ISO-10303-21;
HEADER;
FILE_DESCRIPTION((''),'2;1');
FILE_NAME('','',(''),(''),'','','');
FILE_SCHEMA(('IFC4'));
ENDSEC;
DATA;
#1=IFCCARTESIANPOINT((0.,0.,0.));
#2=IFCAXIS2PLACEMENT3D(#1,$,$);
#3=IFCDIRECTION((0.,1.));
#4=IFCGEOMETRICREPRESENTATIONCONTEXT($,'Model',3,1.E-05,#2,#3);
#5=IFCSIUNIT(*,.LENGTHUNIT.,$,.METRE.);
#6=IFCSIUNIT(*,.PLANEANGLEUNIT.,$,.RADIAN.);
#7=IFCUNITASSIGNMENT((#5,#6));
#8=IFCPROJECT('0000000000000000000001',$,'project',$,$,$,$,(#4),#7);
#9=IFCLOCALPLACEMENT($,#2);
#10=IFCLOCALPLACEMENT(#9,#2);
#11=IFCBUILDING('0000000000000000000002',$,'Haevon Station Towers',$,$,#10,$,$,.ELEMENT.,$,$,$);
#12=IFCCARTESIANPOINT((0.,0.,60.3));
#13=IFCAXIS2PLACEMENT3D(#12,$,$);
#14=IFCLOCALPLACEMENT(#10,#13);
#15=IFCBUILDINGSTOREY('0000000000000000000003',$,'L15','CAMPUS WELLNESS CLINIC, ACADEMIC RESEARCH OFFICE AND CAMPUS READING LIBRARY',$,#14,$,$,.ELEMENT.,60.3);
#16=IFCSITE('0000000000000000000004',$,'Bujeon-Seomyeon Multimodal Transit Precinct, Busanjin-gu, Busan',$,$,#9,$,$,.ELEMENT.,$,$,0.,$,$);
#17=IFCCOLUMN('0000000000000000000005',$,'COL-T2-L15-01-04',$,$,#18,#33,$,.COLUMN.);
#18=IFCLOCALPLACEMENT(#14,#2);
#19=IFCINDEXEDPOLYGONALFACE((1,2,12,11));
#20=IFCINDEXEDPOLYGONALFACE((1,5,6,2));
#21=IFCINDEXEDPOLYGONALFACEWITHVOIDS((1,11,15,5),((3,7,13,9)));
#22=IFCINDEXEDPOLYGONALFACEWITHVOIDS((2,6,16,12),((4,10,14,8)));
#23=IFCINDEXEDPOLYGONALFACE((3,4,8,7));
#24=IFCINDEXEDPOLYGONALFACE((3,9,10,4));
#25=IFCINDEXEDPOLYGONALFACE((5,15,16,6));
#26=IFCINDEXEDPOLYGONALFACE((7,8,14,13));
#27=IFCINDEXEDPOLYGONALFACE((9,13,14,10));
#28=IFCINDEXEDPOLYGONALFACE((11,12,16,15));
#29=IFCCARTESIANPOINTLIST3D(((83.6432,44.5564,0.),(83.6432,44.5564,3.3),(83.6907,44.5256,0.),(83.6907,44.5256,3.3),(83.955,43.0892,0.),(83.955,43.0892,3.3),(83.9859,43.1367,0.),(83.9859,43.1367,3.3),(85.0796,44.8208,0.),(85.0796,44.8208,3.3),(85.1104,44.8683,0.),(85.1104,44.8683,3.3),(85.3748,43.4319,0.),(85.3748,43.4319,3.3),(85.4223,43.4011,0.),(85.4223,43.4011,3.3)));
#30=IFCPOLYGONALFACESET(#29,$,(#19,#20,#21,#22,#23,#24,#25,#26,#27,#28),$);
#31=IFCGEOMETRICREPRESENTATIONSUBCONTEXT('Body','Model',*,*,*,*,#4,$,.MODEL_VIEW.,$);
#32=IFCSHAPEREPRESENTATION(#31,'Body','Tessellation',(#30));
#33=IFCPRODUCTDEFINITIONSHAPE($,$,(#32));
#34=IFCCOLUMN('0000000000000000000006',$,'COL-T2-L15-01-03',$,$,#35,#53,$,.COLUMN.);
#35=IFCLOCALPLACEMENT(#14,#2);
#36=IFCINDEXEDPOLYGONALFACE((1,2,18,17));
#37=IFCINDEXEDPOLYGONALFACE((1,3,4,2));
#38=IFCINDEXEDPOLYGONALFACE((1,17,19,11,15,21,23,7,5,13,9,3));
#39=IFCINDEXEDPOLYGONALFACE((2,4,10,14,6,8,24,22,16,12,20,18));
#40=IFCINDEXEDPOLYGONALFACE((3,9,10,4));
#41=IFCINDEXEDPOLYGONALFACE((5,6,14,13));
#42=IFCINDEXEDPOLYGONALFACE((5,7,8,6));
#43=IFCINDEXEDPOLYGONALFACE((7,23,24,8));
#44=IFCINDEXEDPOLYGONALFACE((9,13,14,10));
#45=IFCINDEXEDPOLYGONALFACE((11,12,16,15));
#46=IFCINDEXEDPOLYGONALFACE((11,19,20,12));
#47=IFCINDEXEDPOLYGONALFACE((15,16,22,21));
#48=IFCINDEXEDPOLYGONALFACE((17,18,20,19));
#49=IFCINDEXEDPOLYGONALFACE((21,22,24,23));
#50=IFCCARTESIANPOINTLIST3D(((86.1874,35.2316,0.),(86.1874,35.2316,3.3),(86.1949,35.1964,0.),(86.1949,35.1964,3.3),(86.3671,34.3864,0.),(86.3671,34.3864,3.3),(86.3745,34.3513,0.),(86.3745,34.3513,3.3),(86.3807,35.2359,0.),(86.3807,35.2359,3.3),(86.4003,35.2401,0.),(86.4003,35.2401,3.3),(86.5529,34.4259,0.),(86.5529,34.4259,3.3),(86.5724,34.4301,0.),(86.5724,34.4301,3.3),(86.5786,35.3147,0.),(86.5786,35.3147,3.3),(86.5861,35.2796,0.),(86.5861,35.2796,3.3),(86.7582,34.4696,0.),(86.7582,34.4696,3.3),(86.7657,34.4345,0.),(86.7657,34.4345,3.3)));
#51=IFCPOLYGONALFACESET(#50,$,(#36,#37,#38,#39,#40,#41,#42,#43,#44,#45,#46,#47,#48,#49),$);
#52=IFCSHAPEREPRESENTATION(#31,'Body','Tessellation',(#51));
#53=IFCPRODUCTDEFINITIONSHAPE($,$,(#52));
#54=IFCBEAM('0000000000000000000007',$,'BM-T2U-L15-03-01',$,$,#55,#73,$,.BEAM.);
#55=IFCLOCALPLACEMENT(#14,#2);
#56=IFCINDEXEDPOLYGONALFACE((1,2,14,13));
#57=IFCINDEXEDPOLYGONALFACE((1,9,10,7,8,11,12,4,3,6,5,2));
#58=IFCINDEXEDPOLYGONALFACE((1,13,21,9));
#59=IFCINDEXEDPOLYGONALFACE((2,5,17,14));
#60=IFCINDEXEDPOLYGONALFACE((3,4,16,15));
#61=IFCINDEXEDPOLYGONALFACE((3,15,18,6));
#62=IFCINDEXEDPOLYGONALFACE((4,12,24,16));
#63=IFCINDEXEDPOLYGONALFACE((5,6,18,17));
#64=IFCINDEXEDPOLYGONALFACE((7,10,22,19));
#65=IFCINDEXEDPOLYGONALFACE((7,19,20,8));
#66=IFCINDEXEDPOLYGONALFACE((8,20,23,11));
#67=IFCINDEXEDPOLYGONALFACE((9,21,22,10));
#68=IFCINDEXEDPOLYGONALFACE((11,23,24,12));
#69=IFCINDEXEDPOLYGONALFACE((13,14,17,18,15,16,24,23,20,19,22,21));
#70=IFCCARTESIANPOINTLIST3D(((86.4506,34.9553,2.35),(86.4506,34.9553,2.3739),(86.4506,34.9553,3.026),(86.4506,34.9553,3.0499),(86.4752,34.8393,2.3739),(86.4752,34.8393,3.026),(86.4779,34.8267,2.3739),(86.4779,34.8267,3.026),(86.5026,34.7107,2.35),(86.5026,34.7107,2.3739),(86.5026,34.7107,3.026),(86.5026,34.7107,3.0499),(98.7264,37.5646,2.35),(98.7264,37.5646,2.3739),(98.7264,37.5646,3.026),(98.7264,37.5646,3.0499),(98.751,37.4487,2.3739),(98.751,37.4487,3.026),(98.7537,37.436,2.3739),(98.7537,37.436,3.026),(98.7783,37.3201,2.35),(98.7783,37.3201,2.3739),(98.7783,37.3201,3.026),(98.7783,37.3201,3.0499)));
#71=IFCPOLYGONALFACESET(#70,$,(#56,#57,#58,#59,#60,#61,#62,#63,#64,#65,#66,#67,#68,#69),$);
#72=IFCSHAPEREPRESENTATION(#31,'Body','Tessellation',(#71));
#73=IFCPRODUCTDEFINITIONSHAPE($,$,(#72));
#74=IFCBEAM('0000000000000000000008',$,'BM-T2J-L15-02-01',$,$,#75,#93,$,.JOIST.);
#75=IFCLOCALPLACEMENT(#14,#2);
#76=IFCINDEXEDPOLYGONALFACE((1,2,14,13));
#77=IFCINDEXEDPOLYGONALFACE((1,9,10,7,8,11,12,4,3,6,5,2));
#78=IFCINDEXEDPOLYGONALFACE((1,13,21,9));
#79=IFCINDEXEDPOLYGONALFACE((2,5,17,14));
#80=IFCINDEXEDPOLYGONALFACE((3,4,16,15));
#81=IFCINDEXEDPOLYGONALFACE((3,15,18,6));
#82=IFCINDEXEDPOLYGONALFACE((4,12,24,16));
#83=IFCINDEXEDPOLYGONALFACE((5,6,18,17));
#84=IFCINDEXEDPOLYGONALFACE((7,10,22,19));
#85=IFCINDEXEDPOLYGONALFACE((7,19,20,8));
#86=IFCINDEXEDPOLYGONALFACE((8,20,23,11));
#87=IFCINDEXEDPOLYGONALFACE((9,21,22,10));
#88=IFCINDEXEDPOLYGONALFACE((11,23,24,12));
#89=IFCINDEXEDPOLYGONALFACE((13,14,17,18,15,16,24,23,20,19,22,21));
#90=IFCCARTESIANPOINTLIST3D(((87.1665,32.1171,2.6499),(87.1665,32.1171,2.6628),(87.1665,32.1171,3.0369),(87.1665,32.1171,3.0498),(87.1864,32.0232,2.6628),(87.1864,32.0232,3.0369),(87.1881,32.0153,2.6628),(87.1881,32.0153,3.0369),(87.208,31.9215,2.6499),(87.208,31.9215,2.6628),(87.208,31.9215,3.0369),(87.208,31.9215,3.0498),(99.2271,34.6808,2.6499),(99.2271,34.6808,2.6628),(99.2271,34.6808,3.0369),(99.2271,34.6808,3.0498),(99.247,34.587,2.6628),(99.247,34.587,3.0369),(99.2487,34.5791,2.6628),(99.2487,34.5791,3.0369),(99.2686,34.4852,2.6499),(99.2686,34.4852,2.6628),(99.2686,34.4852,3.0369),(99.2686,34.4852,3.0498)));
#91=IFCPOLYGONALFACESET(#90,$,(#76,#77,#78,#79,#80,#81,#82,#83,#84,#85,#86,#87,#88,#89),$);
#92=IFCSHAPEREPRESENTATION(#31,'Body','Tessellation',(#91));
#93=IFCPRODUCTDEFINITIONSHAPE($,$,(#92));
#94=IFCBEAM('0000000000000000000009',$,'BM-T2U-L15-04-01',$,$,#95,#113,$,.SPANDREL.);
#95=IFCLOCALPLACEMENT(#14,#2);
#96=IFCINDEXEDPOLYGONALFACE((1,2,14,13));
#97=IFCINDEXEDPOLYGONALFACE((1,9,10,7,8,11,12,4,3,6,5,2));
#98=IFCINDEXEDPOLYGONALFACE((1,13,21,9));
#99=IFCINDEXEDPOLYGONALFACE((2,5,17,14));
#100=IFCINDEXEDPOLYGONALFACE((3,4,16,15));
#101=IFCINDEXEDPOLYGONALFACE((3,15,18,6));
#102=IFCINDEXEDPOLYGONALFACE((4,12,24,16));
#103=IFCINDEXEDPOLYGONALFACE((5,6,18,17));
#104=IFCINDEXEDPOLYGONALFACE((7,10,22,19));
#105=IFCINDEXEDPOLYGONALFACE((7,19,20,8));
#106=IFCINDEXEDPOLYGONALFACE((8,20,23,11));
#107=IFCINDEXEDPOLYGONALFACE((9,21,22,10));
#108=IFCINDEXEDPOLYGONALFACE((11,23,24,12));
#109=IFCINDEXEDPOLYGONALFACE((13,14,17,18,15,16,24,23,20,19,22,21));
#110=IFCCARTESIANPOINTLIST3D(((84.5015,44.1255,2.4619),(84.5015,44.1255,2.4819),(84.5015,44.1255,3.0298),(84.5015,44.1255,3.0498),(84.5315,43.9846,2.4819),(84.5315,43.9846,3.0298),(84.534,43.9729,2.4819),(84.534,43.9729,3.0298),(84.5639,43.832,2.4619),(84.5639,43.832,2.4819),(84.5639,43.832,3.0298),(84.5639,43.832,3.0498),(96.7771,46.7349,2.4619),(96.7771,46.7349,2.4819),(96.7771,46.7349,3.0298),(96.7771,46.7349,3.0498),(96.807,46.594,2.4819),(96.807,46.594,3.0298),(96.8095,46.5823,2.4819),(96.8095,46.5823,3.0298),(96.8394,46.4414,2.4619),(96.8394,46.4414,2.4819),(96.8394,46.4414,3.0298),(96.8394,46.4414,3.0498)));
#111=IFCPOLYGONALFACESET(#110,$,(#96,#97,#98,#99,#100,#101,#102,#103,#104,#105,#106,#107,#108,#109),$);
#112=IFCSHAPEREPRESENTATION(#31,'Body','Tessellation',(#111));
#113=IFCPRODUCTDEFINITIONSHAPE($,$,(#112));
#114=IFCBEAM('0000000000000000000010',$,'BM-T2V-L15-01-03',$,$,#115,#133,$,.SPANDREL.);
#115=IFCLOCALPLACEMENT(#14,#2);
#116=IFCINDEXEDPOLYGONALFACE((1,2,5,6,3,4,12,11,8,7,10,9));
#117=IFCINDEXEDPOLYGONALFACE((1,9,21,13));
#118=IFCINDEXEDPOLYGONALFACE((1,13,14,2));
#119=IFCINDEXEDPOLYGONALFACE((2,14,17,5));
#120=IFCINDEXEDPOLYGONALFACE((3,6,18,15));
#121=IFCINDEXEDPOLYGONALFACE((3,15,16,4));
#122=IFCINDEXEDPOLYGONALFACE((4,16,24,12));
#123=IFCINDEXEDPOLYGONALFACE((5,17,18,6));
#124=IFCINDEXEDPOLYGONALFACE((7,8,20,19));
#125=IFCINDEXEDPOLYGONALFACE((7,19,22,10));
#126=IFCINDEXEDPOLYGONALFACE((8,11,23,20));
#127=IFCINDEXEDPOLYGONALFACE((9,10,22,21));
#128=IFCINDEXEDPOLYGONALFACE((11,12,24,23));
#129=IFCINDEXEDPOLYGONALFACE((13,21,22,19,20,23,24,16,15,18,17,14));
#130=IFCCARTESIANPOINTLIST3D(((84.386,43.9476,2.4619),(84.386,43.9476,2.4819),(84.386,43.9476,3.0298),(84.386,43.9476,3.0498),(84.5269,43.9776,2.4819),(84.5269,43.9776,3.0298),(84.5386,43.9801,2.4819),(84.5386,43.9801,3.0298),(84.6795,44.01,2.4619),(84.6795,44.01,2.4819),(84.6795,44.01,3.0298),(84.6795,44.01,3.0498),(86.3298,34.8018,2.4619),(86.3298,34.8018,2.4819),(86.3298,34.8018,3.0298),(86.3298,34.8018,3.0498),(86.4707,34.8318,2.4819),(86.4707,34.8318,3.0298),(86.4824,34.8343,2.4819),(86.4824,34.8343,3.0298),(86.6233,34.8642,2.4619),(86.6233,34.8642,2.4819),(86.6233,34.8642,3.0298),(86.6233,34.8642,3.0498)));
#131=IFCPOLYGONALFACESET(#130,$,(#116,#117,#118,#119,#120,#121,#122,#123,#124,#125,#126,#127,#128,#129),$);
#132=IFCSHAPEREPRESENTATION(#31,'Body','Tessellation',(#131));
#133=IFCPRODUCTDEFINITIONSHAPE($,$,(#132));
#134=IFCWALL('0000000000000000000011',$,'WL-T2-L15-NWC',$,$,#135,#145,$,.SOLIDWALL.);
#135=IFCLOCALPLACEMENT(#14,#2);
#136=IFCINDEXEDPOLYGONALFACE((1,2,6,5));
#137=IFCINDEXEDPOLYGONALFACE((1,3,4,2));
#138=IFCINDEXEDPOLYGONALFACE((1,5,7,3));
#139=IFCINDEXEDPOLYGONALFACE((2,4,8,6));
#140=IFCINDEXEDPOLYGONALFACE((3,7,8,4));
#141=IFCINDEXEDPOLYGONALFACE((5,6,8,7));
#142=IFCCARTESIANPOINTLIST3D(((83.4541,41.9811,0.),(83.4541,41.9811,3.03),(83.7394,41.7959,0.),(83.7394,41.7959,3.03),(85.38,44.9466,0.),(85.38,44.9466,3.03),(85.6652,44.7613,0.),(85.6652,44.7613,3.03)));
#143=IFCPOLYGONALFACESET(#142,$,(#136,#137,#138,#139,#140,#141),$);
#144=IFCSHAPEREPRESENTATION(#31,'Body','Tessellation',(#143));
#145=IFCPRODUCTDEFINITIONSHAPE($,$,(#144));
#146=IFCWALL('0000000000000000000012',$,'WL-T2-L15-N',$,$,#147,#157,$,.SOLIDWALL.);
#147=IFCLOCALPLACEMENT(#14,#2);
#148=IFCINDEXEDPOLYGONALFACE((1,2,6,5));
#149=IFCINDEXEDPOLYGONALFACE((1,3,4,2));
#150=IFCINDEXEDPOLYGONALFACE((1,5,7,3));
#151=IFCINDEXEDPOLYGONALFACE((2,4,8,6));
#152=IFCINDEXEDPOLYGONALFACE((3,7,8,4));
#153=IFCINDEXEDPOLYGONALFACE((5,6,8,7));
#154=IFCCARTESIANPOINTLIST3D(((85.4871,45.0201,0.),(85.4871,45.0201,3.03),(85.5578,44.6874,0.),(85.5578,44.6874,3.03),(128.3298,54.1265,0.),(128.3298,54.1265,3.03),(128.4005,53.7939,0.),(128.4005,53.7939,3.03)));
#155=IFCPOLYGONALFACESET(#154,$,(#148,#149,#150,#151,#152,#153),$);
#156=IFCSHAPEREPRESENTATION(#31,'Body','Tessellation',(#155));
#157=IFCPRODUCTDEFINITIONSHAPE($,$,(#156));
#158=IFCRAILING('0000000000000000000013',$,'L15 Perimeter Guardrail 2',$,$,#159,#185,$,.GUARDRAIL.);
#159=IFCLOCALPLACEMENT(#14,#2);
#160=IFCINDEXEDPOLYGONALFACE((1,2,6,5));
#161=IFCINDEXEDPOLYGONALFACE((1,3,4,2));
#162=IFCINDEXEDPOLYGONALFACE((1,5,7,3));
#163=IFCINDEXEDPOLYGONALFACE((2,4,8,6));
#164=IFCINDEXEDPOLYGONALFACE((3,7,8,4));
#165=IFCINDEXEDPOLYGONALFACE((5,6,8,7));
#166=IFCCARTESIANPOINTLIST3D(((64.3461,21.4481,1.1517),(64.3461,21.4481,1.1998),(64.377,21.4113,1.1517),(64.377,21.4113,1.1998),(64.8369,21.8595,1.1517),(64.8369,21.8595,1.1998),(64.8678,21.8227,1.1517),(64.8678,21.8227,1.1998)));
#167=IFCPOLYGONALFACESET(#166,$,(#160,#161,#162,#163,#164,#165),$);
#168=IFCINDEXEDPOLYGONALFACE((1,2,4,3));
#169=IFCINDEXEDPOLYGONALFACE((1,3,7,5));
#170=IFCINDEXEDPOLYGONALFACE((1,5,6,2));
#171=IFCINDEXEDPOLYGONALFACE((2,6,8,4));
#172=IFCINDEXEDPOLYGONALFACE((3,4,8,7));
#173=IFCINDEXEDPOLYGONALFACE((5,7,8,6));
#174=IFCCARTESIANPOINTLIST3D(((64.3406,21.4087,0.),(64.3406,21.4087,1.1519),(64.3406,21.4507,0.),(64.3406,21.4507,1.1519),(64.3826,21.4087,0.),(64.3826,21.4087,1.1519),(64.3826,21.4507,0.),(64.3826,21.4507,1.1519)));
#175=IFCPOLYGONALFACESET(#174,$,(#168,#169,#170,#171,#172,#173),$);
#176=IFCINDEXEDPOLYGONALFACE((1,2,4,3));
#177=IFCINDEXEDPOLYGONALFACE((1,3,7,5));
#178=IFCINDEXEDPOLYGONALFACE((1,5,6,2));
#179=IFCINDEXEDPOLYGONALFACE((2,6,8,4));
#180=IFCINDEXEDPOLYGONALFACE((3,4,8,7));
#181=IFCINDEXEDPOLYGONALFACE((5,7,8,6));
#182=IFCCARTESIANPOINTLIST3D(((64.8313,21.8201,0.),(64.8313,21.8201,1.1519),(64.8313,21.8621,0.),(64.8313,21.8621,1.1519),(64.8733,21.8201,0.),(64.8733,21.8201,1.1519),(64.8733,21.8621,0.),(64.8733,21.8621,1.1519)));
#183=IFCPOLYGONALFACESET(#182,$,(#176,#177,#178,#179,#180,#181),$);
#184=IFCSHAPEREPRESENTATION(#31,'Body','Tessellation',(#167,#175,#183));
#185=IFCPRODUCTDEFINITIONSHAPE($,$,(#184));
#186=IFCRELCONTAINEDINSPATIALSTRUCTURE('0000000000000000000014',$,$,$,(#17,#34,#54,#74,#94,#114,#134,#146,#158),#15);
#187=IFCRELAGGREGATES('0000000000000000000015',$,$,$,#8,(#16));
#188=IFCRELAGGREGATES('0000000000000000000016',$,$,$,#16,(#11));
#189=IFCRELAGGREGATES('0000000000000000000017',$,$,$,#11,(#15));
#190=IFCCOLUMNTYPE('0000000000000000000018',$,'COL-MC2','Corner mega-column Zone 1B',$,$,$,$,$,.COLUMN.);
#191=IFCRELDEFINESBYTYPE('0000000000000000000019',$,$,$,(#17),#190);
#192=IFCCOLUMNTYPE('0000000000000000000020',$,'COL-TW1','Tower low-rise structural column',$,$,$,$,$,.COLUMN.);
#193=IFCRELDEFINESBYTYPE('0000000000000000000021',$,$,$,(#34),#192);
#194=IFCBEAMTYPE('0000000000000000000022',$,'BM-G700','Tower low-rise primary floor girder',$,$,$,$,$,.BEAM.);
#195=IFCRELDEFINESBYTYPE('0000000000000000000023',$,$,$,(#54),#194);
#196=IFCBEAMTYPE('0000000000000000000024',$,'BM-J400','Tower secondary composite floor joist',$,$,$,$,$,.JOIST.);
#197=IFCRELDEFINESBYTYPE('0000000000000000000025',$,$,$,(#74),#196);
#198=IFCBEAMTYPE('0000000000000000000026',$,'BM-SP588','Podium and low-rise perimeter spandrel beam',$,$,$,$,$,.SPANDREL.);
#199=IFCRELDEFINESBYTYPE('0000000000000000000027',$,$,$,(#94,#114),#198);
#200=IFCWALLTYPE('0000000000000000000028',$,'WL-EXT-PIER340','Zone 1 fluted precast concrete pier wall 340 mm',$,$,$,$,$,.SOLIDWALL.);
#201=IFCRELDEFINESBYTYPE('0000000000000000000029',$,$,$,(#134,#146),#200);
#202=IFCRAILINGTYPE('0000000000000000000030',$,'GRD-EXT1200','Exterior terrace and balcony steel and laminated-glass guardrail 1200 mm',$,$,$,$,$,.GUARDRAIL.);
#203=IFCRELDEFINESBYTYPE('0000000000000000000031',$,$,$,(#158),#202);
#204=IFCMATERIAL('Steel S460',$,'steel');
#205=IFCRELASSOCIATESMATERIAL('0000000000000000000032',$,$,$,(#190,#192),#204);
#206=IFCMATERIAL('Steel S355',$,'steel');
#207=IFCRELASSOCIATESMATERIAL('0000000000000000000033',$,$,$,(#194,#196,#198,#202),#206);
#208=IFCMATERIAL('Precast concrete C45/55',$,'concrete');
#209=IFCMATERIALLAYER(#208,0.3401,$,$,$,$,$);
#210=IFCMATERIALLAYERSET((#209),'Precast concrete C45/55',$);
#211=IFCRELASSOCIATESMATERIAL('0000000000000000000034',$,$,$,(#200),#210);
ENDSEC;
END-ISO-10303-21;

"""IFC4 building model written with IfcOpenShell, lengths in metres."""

from ifc_helpers import new_model, si_unit, direction, frame, frame_2d, origin, origin_2d, place, context, subcontext, project, spatial, rectangle, hollow_rectangle, i_section, extrude, material, layer, layer_set, material_profile, profile_set, type_object, element, save


model = new_model("IFC4")

# Units and contexts
model_context = context("Model", 3, precision=1e-05, world=origin(), true_north=direction((0.0, 1.0)))
body_context = subcontext(model_context, "Body", "Model", "MODEL_VIEW")
ifc_project = project(units=[si_unit("LENGTHUNIT", "METRE"), si_unit("PLANEANGLEUNIT", "RADIAN")], contexts=[model_context])

# Site, building, storey
site_placement = place(None, origin())
site = spatial("IfcSite", under=ifc_project, at=site_placement, Name="Bujeon-Seomyeon Multimodal Transit Precinct, Busanjin-gu, Busan", CompositionType="ELEMENT", RefElevation=0.0)
building_placement = place(site_placement, origin())
building = spatial("IfcBuilding", under=site, at=building_placement, Name="Haevon Station Towers", CompositionType="ELEMENT")
storey_placement = place(building_placement, frame((0.0, 0.0, 60.3)))
storey = spatial("IfcBuildingStorey", under=building, at=storey_placement, Name="L15", Description="CAMPUS WELLNESS CLINIC, ACADEMIC RESEARCH OFFICE AND CAMPUS READING LIBRARY", CompositionType="ELEMENT", Elevation=60.3)

# Columns
ifc_material_1 = material(Name="Steel S460", Category="steel")
ifc_material_profile_1 = material_profile(ifc_material_1, hollow_rectangle(XDim=1.5, YDim=1.5, WallThickness=0.04, at=origin_2d()), Name="BOX-1500x1500x40")
ifc_profile_set_1 = profile_set([ifc_material_profile_1], Name="Steel S460")
column_type_1 = type_object("IfcColumnType", Name="COL-MC2", Description="Corner mega-column Zone 1B", PredefinedType="COLUMN", material=ifc_profile_set_1)
column_1_placement = place(storey_placement, frame((84.5327, 43.9788, 0.0), z_axis=(0.0, 0.0, 1.0), x_axis=(0.978148, 0.207912, 0.0)))
element("IfcColumn", 1, at=column_1_placement, inside=storey, type_object=column_type_1, Name="COL-T2-L15-01-04", PredefinedType="COLUMN", context=body_context, shape_type="SweptSolid", body=[
    extrude(hollow_rectangle(XDim=1.5, YDim=1.5, WallThickness=0.04, at=origin_2d()), origin(), (0.0, 0.0, 1.0), 3.3),
])
ifc_material_profile_2 = material_profile(ifc_material_1, i_section(OverallWidth=0.3999, OverallDepth=0.8999, WebThickness=0.02, FlangeThickness=0.0359, at=origin_2d()), Name="H-900x400x20x36")
ifc_profile_set_2 = profile_set([ifc_material_profile_2], Name="Steel S460")
column_type_2 = type_object("IfcColumnType", Name="COL-TW1", Description="Tower low-rise structural column", PredefinedType="COLUMN", material=ifc_profile_set_2)
column_2_placement = place(storey_placement, frame((86.4766, 34.833, 0.0), z_axis=(0.0, 0.0, 1.0), x_axis=(0.978148, 0.207912, 0.0)))
element("IfcColumn", 2, at=column_2_placement, inside=storey, type_object=column_type_2, Name="COL-T2-L15-01-03", PredefinedType="COLUMN", context=body_context, shape_type="SweptSolid", body=[
    extrude(i_section(OverallWidth=0.3999, OverallDepth=0.8999, WebThickness=0.02, FlangeThickness=0.0359, at=origin_2d()), origin(), (0.0, 0.0, 1.0), 3.3),
])

# Beams
ifc_material_2 = material(Name="Steel S355", Category="steel")
ifc_material_profile_3 = material_profile(ifc_material_2, i_section(OverallWidth=0.25, OverallDepth=0.7, WebThickness=0.0129, FlangeThickness=0.0239, at=origin_2d()), Name="H-700x250x13x24")
ifc_profile_set_3 = profile_set([ifc_material_profile_3], Name="Steel S355")
beam_type_1 = type_object("IfcBeamType", Name="BM-G700", Description="Tower low-rise primary floor girder", PredefinedType="BEAM", material=ifc_profile_set_3)
beam_1_placement = place(storey_placement, frame((86.4766, 34.833, 2.7), z_axis=(0.978147, 0.207916, 0.0), x_axis=(-0.207916, 0.978147, 0.0)))
element("IfcBeam", 3, at=beam_1_placement, inside=storey, type_object=beam_type_1, Name="BM-T2U-L15-03-01", PredefinedType="BEAM", context=body_context, shape_type="SweptSolid", body=[
    extrude(i_section(OverallWidth=0.25, OverallDepth=0.7, WebThickness=0.0129, FlangeThickness=0.0239, at=origin_2d()), origin(), (0.0, 0.0, 1.0), 12.55),
])
ifc_material_profile_4 = material_profile(ifc_material_2, i_section(OverallWidth=0.2, OverallDepth=0.3999, WebThickness=0.0081, FlangeThickness=0.0129, at=origin_2d()), Name="H-400x200x8x13")
ifc_profile_set_4 = profile_set([ifc_material_profile_4], Name="Steel S355")
beam_type_2 = type_object("IfcBeamType", Name="BM-J400", Description="Tower secondary composite floor joist", PredefinedType="JOIST", material=ifc_profile_set_4)
beam_2_placement = place(storey_placement, frame((87.1873, 32.0193, 2.8499), z_axis=(0.978145, 0.207925, 0.0), x_axis=(-0.207925, 0.978145, 0.0)))
element("IfcBeam", 4, at=beam_2_placement, inside=storey, type_object=beam_type_2, Name="BM-T2J-L15-02-01", PredefinedType="JOIST", context=body_context, shape_type="SweptSolid", body=[
    extrude(i_section(OverallWidth=0.2, OverallDepth=0.3999, WebThickness=0.0081, FlangeThickness=0.0129, at=origin_2d()), origin(), (0.0, 0.0, 1.0), 12.3301),
])
ifc_material_profile_5 = material_profile(ifc_material_2, i_section(OverallWidth=0.3, OverallDepth=0.5879, WebThickness=0.012, FlangeThickness=0.02, at=origin_2d()), Name="H-588x300x12x20")
ifc_profile_set_5 = profile_set([ifc_material_profile_5], Name="Steel S355")
beam_type_3 = type_object("IfcBeamType", Name="BM-SP588", Description="Podium and low-rise perimeter spandrel beam", PredefinedType="SPANDREL", material=ifc_profile_set_5)
beam_3_placement = place(storey_placement, frame((84.5327, 43.9788, 2.7559), z_axis=(0.978146, 0.20792, 0.0), x_axis=(-0.20792, 0.978146, 0.0)))
element("IfcBeam", 5, at=beam_3_placement, inside=storey, type_object=beam_type_3, Name="BM-T2U-L15-04-01", PredefinedType="SPANDREL", context=body_context, shape_type="SweptSolid", body=[
    extrude(i_section(OverallWidth=0.3, OverallDepth=0.5879, WebThickness=0.012, FlangeThickness=0.02, at=origin_2d()), origin(), (0.0, 0.0, 1.0), 12.5498),
])
beam_4_placement = place(storey_placement, frame((86.4766, 34.833, 2.7559), z_axis=(-0.207897, 0.978151, 0.0), x_axis=(-0.978151, -0.207897, 0.0)))
element("IfcBeam", 6, at=beam_4_placement, inside=storey, type_object=beam_type_3, Name="BM-T2V-L15-01-03", PredefinedType="SPANDREL", context=body_context, shape_type="SweptSolid", body=[
    extrude(i_section(OverallWidth=0.3, OverallDepth=0.5879, WebThickness=0.012, FlangeThickness=0.02, at=origin_2d()), origin(), (0.0, 0.0, 1.0), 9.3501),
])

# Walls
ifc_material_3 = material(Name="Precast concrete C45/55", Category="concrete")
ifc_layer = layer(ifc_material_3, 0.3401)
ifc_layer_set = layer_set([ifc_layer], Name="Precast concrete C45/55")
wall_type = type_object("IfcWallType", Name="WL-EXT-PIER340", Description="Zone 1 fluted precast concrete pier wall 340 mm", PredefinedType="SOLIDWALL", material=ifc_layer_set)
wall_1_placement = place(storey_placement, frame((83.5967, 41.8884, 0.0), z_axis=(0.0, 0.0, 1.0), x_axis=(0.544653, 0.838661, 0.0)))
element("IfcWall", 7, at=wall_1_placement, inside=storey, type_object=wall_type, Name="WL-T2-L15-NWC", PredefinedType="SOLIDWALL", context=body_context, shape_type="SweptSolid", body=[
    extrude(rectangle(XDim=3.5359, YDim=0.3401, at=frame_2d((1.7681, 0.0))), origin(), (0.0, 0.0, 1.0), 3.03),
])
wall_2_placement = place(storey_placement, frame((85.5225, 44.8538, 0.0), z_axis=(0.0, 0.0, 1.0), x_axis=(0.978148, 0.20791, 0.0)))
element("IfcWall", 8, at=wall_2_placement, inside=storey, type_object=wall_type, Name="WL-T2-L15-N", PredefinedType="SOLIDWALL", context=body_context, shape_type="SweptSolid", body=[
    extrude(rectangle(XDim=43.7998, YDim=0.3401, at=frame_2d((21.8999, 0.0))), origin(), (0.0, 0.0, 1.0), 3.03),
])

# Railing
railing_type = type_object("IfcRailingType", Name="GRD-EXT1200", Description="Exterior terrace and balcony steel and laminated-glass guardrail 1200 mm", PredefinedType="GUARDRAIL", material=ifc_material_2)
railing_1_placement = place(storey_placement, frame((64.3616, 21.4297, 0.0)))
element("IfcRailing", 9, at=railing_1_placement, inside=storey, type_object=railing_type, Name="L15 Perimeter Guardrail 2", PredefinedType="GUARDRAIL", context=body_context, shape_type="SweptSolid", body=[
    extrude(rectangle(XDim=0.0481, YDim=0.0481, at=origin_2d()), frame((0.0, 0.0, 1.1758), z_axis=(0.766343, 0.642432, 0.0), x_axis=(-0.642432, 0.766343, 0.0)), (0.0, 0.0, 1.0), 0.6404),
    extrude(rectangle(XDim=0.042, YDim=0.042, at=origin_2d()), origin(), (0.0, 0.0, 1.0), 1.1519),
    extrude(rectangle(XDim=0.042, YDim=0.042, at=origin_2d()), frame((0.4907, 0.4114, 0.0)), (0.0, 0.0, 1.0), 1.1519),
])

save(model, "model.ifc")
